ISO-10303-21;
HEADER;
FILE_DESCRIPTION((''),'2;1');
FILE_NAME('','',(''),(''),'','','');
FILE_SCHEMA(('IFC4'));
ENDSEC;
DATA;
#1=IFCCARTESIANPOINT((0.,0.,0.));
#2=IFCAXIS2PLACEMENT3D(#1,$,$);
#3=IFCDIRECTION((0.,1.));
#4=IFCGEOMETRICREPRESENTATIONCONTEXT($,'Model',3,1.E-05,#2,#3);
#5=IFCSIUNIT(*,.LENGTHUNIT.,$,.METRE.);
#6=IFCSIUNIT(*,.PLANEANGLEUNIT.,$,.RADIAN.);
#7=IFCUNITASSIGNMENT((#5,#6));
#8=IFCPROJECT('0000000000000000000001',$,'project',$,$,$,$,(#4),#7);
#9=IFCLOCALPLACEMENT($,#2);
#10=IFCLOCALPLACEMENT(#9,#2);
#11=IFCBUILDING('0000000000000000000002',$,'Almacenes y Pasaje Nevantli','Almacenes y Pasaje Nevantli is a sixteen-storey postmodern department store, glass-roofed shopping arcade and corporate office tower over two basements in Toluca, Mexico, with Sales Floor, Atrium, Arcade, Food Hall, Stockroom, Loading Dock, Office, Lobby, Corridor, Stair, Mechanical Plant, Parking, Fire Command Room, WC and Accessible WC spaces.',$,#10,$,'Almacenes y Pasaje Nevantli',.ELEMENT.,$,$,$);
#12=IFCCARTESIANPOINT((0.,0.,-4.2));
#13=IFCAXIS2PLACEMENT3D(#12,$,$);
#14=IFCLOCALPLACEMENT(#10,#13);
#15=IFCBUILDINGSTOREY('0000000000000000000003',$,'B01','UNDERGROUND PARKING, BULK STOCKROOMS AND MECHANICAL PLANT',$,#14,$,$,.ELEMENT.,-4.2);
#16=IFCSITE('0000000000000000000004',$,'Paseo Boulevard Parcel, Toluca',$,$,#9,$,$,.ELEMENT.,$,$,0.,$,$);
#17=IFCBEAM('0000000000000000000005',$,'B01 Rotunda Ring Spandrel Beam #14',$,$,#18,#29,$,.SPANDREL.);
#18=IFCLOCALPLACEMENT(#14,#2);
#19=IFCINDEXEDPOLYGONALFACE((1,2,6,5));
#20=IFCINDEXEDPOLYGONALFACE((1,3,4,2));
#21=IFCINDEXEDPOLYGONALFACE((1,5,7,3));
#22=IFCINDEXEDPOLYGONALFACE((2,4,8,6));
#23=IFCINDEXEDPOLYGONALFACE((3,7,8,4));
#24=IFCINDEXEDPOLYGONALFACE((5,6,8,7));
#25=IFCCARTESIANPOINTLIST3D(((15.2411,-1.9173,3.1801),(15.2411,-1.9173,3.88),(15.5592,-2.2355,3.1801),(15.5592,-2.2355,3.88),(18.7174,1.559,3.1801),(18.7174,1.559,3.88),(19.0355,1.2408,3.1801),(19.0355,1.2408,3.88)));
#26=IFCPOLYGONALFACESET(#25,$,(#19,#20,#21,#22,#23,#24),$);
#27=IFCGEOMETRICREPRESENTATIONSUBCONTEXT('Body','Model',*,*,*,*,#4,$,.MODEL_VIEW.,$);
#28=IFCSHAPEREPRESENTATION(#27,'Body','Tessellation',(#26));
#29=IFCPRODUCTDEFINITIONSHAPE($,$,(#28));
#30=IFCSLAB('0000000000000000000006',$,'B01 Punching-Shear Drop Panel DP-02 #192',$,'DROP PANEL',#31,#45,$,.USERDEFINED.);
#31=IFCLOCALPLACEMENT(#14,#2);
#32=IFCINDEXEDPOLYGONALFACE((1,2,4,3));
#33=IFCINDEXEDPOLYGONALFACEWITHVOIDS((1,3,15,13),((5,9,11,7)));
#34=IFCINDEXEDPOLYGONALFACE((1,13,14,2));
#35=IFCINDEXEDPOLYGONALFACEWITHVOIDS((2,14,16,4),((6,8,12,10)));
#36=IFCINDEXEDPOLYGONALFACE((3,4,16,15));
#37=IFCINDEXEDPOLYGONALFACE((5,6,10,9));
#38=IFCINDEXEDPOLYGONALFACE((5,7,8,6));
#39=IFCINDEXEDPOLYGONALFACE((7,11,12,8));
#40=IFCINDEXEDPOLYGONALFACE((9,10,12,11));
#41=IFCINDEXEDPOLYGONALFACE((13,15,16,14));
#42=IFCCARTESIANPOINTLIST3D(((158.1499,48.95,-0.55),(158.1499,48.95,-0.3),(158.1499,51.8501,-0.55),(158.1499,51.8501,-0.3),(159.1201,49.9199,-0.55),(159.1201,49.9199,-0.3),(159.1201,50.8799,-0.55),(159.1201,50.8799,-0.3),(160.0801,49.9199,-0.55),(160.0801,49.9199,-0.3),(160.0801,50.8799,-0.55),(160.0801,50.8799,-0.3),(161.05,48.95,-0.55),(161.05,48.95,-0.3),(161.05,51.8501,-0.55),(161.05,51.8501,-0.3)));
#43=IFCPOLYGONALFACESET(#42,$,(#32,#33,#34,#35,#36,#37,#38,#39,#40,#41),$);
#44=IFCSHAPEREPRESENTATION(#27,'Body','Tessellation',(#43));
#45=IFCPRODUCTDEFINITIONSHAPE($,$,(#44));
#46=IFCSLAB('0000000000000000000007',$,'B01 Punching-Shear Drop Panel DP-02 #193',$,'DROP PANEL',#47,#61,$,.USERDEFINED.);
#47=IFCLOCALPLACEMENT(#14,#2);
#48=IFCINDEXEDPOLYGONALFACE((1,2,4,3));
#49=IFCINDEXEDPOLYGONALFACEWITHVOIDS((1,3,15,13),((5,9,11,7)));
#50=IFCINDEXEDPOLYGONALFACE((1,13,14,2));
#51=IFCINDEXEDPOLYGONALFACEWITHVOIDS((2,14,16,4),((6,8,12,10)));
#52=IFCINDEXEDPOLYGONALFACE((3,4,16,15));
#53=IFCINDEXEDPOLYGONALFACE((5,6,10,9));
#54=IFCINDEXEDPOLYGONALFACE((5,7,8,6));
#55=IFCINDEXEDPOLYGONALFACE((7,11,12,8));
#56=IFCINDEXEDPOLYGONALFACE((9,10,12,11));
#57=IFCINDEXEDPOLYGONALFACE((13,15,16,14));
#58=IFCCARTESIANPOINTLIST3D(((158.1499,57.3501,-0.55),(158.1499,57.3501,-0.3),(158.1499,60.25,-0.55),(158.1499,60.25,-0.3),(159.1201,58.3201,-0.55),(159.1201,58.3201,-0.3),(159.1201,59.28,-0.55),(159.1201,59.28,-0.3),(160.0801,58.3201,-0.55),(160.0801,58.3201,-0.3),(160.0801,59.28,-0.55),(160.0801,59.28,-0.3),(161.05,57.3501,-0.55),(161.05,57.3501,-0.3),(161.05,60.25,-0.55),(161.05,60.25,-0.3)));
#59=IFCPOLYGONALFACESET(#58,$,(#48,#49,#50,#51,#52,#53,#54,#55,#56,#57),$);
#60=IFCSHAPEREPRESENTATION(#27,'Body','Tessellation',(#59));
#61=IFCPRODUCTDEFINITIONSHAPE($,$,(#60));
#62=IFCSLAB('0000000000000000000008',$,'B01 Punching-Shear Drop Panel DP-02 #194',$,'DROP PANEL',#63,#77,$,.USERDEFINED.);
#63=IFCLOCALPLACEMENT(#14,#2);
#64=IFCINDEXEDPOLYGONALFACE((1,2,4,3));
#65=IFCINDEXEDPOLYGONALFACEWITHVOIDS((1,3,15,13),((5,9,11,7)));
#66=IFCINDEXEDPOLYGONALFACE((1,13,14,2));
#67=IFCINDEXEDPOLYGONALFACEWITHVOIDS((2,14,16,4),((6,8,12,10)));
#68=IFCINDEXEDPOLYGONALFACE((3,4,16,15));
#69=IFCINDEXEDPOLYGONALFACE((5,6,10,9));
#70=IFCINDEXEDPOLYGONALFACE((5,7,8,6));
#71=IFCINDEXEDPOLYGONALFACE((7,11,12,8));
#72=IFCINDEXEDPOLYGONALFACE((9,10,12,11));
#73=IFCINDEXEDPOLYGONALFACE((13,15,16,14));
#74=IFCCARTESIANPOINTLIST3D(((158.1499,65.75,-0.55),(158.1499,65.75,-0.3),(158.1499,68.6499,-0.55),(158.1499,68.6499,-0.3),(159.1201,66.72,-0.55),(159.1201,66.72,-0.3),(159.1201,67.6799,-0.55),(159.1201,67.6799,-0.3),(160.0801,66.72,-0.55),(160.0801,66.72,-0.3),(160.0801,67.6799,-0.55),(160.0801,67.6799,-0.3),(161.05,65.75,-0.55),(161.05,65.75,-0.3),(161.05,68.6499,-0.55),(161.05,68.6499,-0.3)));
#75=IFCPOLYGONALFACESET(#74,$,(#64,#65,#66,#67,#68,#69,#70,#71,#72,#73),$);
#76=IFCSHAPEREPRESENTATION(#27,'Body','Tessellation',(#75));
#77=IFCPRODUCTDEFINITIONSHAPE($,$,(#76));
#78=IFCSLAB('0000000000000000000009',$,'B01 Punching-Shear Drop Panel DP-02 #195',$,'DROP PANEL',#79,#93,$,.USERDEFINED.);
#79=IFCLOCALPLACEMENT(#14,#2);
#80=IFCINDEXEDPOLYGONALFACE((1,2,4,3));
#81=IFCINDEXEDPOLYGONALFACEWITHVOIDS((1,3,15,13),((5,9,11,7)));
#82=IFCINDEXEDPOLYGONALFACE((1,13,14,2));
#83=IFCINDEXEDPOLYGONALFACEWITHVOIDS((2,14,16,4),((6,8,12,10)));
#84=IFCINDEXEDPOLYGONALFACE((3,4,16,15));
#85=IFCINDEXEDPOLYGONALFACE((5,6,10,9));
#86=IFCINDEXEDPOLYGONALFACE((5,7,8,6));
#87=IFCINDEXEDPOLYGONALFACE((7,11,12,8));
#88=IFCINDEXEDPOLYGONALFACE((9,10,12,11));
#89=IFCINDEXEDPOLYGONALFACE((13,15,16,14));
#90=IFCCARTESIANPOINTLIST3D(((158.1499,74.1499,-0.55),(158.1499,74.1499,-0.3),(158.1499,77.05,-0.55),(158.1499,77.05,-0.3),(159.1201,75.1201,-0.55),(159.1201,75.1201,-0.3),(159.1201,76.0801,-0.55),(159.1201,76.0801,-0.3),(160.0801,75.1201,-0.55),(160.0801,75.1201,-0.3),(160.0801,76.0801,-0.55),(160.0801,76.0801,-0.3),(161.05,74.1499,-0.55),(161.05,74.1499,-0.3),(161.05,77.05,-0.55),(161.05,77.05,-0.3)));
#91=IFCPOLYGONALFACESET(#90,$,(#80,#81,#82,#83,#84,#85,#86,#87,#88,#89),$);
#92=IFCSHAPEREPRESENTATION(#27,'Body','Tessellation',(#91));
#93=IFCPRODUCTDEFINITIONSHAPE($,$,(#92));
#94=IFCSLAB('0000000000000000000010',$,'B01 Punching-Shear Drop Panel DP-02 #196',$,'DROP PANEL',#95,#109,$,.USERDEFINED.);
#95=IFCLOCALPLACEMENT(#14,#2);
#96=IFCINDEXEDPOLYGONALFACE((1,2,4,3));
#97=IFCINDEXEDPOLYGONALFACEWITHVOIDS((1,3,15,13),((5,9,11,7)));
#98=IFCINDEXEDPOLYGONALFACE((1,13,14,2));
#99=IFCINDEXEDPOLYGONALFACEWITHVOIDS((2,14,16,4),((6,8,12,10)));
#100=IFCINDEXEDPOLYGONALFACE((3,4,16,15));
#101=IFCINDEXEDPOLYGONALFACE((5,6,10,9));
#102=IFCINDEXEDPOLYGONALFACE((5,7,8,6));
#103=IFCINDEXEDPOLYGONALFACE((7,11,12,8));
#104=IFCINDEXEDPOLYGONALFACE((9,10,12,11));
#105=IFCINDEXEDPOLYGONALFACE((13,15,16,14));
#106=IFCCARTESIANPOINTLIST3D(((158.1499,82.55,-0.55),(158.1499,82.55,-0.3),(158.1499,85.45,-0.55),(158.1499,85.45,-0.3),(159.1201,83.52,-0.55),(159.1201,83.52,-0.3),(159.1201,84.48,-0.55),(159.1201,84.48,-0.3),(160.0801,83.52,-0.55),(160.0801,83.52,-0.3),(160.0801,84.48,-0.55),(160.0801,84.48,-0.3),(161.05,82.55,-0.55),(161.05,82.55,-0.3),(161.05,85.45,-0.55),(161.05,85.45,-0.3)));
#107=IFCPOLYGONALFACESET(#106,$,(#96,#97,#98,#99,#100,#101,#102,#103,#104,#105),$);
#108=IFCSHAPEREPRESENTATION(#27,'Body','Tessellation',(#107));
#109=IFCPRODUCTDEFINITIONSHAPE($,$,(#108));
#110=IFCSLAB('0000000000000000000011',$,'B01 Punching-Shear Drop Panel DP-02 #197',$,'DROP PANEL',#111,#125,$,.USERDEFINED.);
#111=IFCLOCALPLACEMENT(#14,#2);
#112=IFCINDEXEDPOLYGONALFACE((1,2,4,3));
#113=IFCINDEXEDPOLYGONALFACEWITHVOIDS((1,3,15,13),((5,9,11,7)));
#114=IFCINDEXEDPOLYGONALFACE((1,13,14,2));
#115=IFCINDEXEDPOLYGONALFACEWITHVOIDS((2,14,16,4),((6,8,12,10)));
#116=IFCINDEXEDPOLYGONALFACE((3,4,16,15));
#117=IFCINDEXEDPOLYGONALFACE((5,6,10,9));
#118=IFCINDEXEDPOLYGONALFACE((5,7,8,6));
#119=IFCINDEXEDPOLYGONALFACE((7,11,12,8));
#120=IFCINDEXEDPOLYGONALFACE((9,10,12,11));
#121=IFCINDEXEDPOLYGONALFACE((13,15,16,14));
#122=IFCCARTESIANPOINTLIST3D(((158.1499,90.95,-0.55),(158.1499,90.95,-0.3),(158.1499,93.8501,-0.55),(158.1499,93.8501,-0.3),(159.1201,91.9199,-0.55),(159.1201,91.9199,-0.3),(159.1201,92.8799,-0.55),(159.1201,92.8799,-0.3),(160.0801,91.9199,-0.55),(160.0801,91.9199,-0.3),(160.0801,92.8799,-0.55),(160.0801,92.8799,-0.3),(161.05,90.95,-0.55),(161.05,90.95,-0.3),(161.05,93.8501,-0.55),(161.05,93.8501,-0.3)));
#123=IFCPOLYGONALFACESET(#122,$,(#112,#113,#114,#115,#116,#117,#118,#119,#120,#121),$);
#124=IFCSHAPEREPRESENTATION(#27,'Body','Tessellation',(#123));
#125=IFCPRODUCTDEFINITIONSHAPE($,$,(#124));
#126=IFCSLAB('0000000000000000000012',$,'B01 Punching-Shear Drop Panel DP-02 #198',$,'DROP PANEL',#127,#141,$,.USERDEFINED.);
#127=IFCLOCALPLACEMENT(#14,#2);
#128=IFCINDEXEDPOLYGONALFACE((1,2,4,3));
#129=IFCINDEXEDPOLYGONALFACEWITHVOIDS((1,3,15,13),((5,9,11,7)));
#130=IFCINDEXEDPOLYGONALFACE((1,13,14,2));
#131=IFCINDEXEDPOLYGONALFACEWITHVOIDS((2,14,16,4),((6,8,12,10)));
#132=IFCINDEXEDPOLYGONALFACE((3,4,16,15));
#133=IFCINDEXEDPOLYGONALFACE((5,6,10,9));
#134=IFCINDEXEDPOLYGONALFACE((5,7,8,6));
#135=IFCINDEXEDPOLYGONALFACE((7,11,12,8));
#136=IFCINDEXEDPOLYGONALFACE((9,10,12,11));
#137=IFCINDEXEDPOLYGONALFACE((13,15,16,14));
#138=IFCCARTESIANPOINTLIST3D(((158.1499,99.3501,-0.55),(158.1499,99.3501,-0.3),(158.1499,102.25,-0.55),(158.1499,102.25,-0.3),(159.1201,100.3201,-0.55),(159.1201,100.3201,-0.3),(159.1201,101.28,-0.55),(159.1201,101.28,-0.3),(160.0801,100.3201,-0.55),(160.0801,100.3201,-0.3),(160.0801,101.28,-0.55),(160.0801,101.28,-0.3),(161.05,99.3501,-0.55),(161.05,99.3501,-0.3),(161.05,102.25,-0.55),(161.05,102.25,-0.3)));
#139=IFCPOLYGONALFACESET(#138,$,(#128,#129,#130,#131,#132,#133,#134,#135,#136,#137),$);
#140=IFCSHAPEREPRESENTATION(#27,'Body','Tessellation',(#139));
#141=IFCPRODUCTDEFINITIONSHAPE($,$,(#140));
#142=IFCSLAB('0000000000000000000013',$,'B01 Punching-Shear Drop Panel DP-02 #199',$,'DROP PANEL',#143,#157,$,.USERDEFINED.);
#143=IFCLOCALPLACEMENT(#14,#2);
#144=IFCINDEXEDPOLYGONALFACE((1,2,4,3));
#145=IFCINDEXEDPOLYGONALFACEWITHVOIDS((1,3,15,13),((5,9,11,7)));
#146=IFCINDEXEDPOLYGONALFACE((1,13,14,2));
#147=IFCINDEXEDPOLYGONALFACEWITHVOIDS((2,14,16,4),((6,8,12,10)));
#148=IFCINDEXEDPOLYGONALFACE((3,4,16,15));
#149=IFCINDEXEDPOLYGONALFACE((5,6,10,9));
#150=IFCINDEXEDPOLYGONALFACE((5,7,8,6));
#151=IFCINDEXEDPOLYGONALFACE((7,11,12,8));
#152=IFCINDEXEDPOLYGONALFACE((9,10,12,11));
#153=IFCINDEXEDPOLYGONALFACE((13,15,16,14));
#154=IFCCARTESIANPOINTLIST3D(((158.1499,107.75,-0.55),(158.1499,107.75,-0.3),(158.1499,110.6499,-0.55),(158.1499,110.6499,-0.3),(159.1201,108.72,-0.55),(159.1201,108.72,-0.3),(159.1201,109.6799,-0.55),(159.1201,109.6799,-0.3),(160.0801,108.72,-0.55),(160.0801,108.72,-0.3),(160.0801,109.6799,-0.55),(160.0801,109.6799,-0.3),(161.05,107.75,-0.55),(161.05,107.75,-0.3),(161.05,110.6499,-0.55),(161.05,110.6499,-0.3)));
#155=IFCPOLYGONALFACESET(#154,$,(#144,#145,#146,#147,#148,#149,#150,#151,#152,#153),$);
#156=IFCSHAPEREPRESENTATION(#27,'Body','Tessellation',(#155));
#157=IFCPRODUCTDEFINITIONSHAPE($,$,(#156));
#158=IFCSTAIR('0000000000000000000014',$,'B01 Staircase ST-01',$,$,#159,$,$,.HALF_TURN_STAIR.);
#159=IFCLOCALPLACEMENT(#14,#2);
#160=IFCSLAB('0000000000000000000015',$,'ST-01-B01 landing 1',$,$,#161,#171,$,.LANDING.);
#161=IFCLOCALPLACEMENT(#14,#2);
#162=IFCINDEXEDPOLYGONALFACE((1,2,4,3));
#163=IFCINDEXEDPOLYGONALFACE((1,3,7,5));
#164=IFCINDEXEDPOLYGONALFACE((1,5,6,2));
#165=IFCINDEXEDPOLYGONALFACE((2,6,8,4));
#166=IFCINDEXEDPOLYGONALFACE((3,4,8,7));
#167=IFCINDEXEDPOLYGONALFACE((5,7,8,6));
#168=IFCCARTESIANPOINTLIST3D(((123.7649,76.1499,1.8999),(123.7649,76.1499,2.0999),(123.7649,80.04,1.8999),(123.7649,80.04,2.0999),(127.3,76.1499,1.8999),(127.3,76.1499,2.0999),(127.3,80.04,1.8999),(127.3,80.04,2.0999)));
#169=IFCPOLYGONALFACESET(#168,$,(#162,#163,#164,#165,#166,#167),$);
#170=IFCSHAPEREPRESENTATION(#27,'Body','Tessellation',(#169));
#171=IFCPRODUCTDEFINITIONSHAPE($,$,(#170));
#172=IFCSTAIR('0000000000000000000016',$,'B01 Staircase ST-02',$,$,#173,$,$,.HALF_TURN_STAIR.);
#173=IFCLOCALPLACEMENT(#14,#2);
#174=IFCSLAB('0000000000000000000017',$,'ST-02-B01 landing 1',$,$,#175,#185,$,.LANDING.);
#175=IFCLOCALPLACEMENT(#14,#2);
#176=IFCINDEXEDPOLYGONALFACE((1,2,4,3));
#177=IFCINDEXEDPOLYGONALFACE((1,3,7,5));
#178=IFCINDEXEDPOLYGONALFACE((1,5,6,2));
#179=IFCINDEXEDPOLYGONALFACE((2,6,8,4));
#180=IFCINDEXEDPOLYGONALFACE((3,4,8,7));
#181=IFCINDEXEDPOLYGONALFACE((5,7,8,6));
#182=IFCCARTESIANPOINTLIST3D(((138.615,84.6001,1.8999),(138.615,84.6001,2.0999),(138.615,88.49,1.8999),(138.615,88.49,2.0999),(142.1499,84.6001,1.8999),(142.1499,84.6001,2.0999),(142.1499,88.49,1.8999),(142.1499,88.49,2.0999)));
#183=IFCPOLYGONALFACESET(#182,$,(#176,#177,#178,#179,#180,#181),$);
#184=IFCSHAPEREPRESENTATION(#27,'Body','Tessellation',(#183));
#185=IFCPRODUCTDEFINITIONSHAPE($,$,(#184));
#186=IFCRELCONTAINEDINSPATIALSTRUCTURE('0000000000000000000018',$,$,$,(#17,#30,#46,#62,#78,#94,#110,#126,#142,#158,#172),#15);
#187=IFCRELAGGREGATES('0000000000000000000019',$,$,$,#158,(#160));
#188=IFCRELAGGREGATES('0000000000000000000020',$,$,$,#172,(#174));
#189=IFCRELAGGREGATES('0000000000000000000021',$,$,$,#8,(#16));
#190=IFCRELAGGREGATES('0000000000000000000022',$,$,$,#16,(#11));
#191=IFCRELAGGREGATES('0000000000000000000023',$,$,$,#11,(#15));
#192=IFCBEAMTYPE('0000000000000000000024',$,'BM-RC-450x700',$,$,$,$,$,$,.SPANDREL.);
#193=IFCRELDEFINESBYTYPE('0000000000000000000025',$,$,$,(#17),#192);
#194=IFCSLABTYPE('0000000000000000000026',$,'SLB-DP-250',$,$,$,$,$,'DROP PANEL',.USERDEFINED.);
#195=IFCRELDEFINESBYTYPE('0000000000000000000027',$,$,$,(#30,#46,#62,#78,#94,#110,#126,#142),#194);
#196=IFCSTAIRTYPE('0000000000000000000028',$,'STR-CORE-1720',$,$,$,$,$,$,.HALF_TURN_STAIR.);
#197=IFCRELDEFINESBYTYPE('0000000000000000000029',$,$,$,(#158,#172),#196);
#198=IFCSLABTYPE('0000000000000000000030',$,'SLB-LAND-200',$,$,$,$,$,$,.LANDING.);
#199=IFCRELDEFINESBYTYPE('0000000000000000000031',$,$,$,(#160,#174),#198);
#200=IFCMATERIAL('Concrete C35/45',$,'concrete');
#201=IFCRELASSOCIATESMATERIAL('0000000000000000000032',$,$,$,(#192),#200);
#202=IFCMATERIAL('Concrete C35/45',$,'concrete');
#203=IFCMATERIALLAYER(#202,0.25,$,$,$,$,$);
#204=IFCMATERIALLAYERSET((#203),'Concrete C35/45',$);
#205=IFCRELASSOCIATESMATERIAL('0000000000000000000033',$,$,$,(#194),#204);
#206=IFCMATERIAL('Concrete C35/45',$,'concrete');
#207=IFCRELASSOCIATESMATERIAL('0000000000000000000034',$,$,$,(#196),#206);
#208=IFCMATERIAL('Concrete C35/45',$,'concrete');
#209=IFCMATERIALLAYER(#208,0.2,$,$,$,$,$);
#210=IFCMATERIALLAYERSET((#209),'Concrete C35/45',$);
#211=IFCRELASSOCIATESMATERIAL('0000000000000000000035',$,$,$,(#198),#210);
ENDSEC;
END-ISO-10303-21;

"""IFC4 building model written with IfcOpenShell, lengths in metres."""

from ifc_helpers import new_model, si_unit, direction, frame, origin, origin_2d, place, context, subcontext, project, spatial, polyline, rectangle, outline, extrude, material, layer, layer_set, material_profile, profile_set, type_object, element, aggregate, save


model = new_model("IFC4")

# Units and contexts
model_context = context("Model", 3, precision=1e-05, world=origin(), true_north=direction((0.0, 1.0)))
body_context = subcontext(model_context, "Body", "Model", "MODEL_VIEW")
ifc_project = project(units=[si_unit("LENGTHUNIT", "METRE"), si_unit("PLANEANGLEUNIT", "RADIAN")], contexts=[model_context])

# Site, building, storey
site_placement = place(None, origin())
site = spatial("IfcSite", under=ifc_project, at=site_placement, Name="Paseo Boulevard Parcel, Toluca", CompositionType="ELEMENT", RefElevation=0.0)
building_placement = place(site_placement, origin())
building = spatial("IfcBuilding", under=site, at=building_placement, Name="Almacenes y Pasaje Nevantli", Description="Almacenes y Pasaje Nevantli is a sixteen-storey postmodern department store, glass-roofed shopping arcade and corporate office tower over two basements in Toluca, Mexico, with Sales Floor, Atrium, Arcade, Food Hall, Stockroom, Loading Dock, Office, Lobby, Corridor, Stair, Mechanical Plant, Parking, Fire Command Room, WC and Accessible WC spaces.", LongName="Almacenes y Pasaje Nevantli", CompositionType="ELEMENT")
storey_placement = place(building_placement, frame((0.0, 0.0, -4.2)))
storey = spatial("IfcBuildingStorey", under=building, at=storey_placement, Name="B01", Description="UNDERGROUND PARKING, BULK STOCKROOMS AND MECHANICAL PLANT", CompositionType="ELEMENT", Elevation=-4.2)

# Beam
ifc_material_1 = material(Name="Concrete C35/45", Category="concrete")
ifc_material_profile_1 = material_profile(ifc_material_1, rectangle(XDim=0.45, YDim=0.7, at=origin_2d()), Name="RC-BM-450x700")
ifc_profile_set_1 = profile_set([ifc_material_profile_1], Name="Concrete C35/45")
beam_type = type_object("IfcBeamType", Name="BM-RC-450x700", PredefinedType="SPANDREL", material=ifc_profile_set_1)
for number, where, z_axis, x_axis, name in (
    (1, (15.4001, -2.0764, 3.53), (0.707107, 0.707107, 0.0), (-0.707107, 0.707107, 0.0), "B01 Rotunda Ring Spandrel Beam #14"),
):
    element("IfcBeam", number, at=place(storey_placement, frame(where, z_axis=z_axis, x_axis=x_axis)), inside=storey, type_object=beam_type, Name=name, PredefinedType="SPANDREL", context=body_context, shape_type="SweptSolid", body=[
        extrude(rectangle(XDim=0.45, YDim=0.7, at=origin_2d()), origin(), (0.0, 0.0, 1.0), 4.9163),
    ])

# Slabs
ifc_material_2 = material(Name="Concrete C35/45", Category="concrete")
ifc_layer_1 = layer(ifc_material_2, 0.25)
ifc_layer_set_1 = layer_set([ifc_layer_1], Name="Concrete C35/45")
slab_type_1 = type_object("IfcSlabType", Name="SLB-DP-250", ElementType="DROP PANEL", PredefinedType="USERDEFINED", material=ifc_layer_set_1)
slab_1_placement = place(storey_placement, frame((0.0, 0.0, -0.55)))
element("IfcSlab", 2, at=slab_1_placement, inside=storey, type_object=slab_type_1, Name="B01 Punching-Shear Drop Panel DP-02 #192", ObjectType="DROP PANEL", PredefinedType="USERDEFINED", context=body_context, shape_type="SweptSolid", body=[
    extrude(outline(polyline([(158.1499, 48.95), (161.05, 48.95), (161.05, 51.8501), (158.1499, 51.8501), (158.1499, 48.95)]), holes=[polyline([(159.1201, 49.9199), (160.0801, 49.9199), (160.0801, 50.8799), (159.1201, 50.8799), (159.1201, 49.9199)])]), origin(), (0.0, 0.0, 1.0), 0.25),
])
slab_2_placement = place(storey_placement, frame((0.0, 0.0, -0.55)))
element("IfcSlab", 3, at=slab_2_placement, inside=storey, type_object=slab_type_1, Name="B01 Punching-Shear Drop Panel DP-02 #193", ObjectType="DROP PANEL", PredefinedType="USERDEFINED", context=body_context, shape_type="SweptSolid", body=[
    extrude(outline(polyline([(158.1499, 57.3501), (161.05, 57.3501), (161.05, 60.25), (158.1499, 60.25), (158.1499, 57.3501)]), holes=[polyline([(159.1201, 58.3201), (160.0801, 58.3201), (160.0801, 59.28), (159.1201, 59.28), (159.1201, 58.3201)])]), origin(), (0.0, 0.0, 1.0), 0.25),
])
slab_3_placement = place(storey_placement, frame((0.0, 0.0, -0.55)))
element("IfcSlab", 4, at=slab_3_placement, inside=storey, type_object=slab_type_1, Name="B01 Punching-Shear Drop Panel DP-02 #194", ObjectType="DROP PANEL", PredefinedType="USERDEFINED", context=body_context, shape_type="SweptSolid", body=[
    extrude(outline(polyline([(158.1499, 65.75), (161.05, 65.75), (161.05, 68.6499), (158.1499, 68.6499), (158.1499, 65.75)]), holes=[polyline([(159.1201, 66.72), (160.0801, 66.72), (160.0801, 67.6799), (159.1201, 67.6799), (159.1201, 66.72)])]), origin(), (0.0, 0.0, 1.0), 0.25),
])
slab_4_placement = place(storey_placement, frame((0.0, 0.0, -0.55)))
element("IfcSlab", 5, at=slab_4_placement, inside=storey, type_object=slab_type_1, Name="B01 Punching-Shear Drop Panel DP-02 #195", ObjectType="DROP PANEL", PredefinedType="USERDEFINED", context=body_context, shape_type="SweptSolid", body=[
    extrude(outline(polyline([(158.1499, 74.1499), (161.05, 74.1499), (161.05, 77.05), (158.1499, 77.05), (158.1499, 74.1499)]), holes=[polyline([(159.1201, 75.1201), (160.0801, 75.1201), (160.0801, 76.0801), (159.1201, 76.0801), (159.1201, 75.1201)])]), origin(), (0.0, 0.0, 1.0), 0.25),
])
slab_5_placement = place(storey_placement, frame((0.0, 0.0, -0.55)))
element("IfcSlab", 6, at=slab_5_placement, inside=storey, type_object=slab_type_1, Name="B01 Punching-Shear Drop Panel DP-02 #196", ObjectType="DROP PANEL", PredefinedType="USERDEFINED", context=body_context, shape_type="SweptSolid", body=[
    extrude(outline(polyline([(158.1499, 82.55), (161.05, 82.55), (161.05, 85.45), (158.1499, 85.45), (158.1499, 82.55)]), holes=[polyline([(159.1201, 83.52), (160.0801, 83.52), (160.0801, 84.48), (159.1201, 84.48), (159.1201, 83.52)])]), origin(), (0.0, 0.0, 1.0), 0.25),
])
slab_6_placement = place(storey_placement, frame((0.0, 0.0, -0.55)))
element("IfcSlab", 7, at=slab_6_placement, inside=storey, type_object=slab_type_1, Name="B01 Punching-Shear Drop Panel DP-02 #197", ObjectType="DROP PANEL", PredefinedType="USERDEFINED", context=body_context, shape_type="SweptSolid", body=[
    extrude(outline(polyline([(158.1499, 90.95), (161.05, 90.95), (161.05, 93.8501), (158.1499, 93.8501), (158.1499, 90.95)]), holes=[polyline([(159.1201, 91.9199), (160.0801, 91.9199), (160.0801, 92.8799), (159.1201, 92.8799), (159.1201, 91.9199)])]), origin(), (0.0, 0.0, 1.0), 0.25),
])
slab_7_placement = place(storey_placement, frame((0.0, 0.0, -0.55)))
element("IfcSlab", 8, at=slab_7_placement, inside=storey, type_object=slab_type_1, Name="B01 Punching-Shear Drop Panel DP-02 #198", ObjectType="DROP PANEL", PredefinedType="USERDEFINED", context=body_context, shape_type="SweptSolid", body=[
    extrude(outline(polyline([(158.1499, 99.3501), (161.05, 99.3501), (161.05, 102.25), (158.1499, 102.25), (158.1499, 99.3501)]), holes=[polyline([(159.1201, 100.3201), (160.0801, 100.3201), (160.0801, 101.28), (159.1201, 101.28), (159.1201, 100.3201)])]), origin(), (0.0, 0.0, 1.0), 0.25),
])
slab_8_placement = place(storey_placement, frame((0.0, 0.0, -0.55)))
element("IfcSlab", 9, at=slab_8_placement, inside=storey, type_object=slab_type_1, Name="B01 Punching-Shear Drop Panel DP-02 #199", ObjectType="DROP PANEL", PredefinedType="USERDEFINED", context=body_context, shape_type="SweptSolid", body=[
    extrude(outline(polyline([(158.1499, 107.75), (161.05, 107.75), (161.05, 110.6499), (158.1499, 110.6499), (158.1499, 107.75)]), holes=[polyline([(159.1201, 108.72), (160.0801, 108.72), (160.0801, 109.6799), (159.1201, 109.6799), (159.1201, 108.72)])]), origin(), (0.0, 0.0, 1.0), 0.25),
])

# Stairs, slabs
ifc_material_3 = material(Name="Concrete C35/45", Category="concrete")
stair_type_1 = type_object("IfcStairType", Name="STR-CORE-1720", PredefinedType="HALF_TURN_STAIR", material=ifc_material_3)
stair_1_placement = place(storey_placement, origin())
stair_1 = element("IfcStair", 10, at=stair_1_placement, inside=storey, type_object=stair_type_1, Name="B01 Staircase ST-01", PredefinedType="HALF_TURN_STAIR")
ifc_material_4 = material(Name="Concrete C35/45", Category="concrete")
ifc_layer_2 = layer(ifc_material_4, 0.2)
ifc_layer_set_2 = layer_set([ifc_layer_2], Name="Concrete C35/45")
slab_type_2 = type_object("IfcSlabType", Name="SLB-LAND-200", PredefinedType="LANDING", material=ifc_layer_set_2)
slab_9_placement = place(storey_placement, frame((0.0, 0.0, 1.8999)))
slab_9 = element("IfcSlab", 11, at=slab_9_placement, type_object=slab_type_2, Name="ST-01-B01 landing 1", PredefinedType="LANDING", context=body_context, shape_type="SweptSolid", body=[
    extrude(outline(polyline([(123.7649, 76.1499), (127.3, 76.1499), (127.3, 80.04), (123.7649, 80.04), (123.7649, 76.1499)])), origin(), (0.0, 0.0, 1.0), 0.2),
])
aggregate(stair_1, [slab_9])
stair_2_placement = place(storey_placement, origin())
stair_2 = element("IfcStair", 12, at=stair_2_placement, inside=storey, type_object=stair_type_1, Name="B01 Staircase ST-02", PredefinedType="HALF_TURN_STAIR")
slab_10_placement = place(storey_placement, frame((0.0, 0.0, 1.8999)))
slab_10 = element("IfcSlab", 13, at=slab_10_placement, type_object=slab_type_2, Name="ST-02-B01 landing 1", PredefinedType="LANDING", context=body_context, shape_type="SweptSolid", body=[
    extrude(outline(polyline([(138.615, 84.6001), (142.1499, 84.6001), (142.1499, 88.49), (138.615, 88.49), (138.615, 84.6001)])), origin(), (0.0, 0.0, 1.0), 0.2),
])
aggregate(stair_2, [slab_10])

save(model, "model.ifc")
